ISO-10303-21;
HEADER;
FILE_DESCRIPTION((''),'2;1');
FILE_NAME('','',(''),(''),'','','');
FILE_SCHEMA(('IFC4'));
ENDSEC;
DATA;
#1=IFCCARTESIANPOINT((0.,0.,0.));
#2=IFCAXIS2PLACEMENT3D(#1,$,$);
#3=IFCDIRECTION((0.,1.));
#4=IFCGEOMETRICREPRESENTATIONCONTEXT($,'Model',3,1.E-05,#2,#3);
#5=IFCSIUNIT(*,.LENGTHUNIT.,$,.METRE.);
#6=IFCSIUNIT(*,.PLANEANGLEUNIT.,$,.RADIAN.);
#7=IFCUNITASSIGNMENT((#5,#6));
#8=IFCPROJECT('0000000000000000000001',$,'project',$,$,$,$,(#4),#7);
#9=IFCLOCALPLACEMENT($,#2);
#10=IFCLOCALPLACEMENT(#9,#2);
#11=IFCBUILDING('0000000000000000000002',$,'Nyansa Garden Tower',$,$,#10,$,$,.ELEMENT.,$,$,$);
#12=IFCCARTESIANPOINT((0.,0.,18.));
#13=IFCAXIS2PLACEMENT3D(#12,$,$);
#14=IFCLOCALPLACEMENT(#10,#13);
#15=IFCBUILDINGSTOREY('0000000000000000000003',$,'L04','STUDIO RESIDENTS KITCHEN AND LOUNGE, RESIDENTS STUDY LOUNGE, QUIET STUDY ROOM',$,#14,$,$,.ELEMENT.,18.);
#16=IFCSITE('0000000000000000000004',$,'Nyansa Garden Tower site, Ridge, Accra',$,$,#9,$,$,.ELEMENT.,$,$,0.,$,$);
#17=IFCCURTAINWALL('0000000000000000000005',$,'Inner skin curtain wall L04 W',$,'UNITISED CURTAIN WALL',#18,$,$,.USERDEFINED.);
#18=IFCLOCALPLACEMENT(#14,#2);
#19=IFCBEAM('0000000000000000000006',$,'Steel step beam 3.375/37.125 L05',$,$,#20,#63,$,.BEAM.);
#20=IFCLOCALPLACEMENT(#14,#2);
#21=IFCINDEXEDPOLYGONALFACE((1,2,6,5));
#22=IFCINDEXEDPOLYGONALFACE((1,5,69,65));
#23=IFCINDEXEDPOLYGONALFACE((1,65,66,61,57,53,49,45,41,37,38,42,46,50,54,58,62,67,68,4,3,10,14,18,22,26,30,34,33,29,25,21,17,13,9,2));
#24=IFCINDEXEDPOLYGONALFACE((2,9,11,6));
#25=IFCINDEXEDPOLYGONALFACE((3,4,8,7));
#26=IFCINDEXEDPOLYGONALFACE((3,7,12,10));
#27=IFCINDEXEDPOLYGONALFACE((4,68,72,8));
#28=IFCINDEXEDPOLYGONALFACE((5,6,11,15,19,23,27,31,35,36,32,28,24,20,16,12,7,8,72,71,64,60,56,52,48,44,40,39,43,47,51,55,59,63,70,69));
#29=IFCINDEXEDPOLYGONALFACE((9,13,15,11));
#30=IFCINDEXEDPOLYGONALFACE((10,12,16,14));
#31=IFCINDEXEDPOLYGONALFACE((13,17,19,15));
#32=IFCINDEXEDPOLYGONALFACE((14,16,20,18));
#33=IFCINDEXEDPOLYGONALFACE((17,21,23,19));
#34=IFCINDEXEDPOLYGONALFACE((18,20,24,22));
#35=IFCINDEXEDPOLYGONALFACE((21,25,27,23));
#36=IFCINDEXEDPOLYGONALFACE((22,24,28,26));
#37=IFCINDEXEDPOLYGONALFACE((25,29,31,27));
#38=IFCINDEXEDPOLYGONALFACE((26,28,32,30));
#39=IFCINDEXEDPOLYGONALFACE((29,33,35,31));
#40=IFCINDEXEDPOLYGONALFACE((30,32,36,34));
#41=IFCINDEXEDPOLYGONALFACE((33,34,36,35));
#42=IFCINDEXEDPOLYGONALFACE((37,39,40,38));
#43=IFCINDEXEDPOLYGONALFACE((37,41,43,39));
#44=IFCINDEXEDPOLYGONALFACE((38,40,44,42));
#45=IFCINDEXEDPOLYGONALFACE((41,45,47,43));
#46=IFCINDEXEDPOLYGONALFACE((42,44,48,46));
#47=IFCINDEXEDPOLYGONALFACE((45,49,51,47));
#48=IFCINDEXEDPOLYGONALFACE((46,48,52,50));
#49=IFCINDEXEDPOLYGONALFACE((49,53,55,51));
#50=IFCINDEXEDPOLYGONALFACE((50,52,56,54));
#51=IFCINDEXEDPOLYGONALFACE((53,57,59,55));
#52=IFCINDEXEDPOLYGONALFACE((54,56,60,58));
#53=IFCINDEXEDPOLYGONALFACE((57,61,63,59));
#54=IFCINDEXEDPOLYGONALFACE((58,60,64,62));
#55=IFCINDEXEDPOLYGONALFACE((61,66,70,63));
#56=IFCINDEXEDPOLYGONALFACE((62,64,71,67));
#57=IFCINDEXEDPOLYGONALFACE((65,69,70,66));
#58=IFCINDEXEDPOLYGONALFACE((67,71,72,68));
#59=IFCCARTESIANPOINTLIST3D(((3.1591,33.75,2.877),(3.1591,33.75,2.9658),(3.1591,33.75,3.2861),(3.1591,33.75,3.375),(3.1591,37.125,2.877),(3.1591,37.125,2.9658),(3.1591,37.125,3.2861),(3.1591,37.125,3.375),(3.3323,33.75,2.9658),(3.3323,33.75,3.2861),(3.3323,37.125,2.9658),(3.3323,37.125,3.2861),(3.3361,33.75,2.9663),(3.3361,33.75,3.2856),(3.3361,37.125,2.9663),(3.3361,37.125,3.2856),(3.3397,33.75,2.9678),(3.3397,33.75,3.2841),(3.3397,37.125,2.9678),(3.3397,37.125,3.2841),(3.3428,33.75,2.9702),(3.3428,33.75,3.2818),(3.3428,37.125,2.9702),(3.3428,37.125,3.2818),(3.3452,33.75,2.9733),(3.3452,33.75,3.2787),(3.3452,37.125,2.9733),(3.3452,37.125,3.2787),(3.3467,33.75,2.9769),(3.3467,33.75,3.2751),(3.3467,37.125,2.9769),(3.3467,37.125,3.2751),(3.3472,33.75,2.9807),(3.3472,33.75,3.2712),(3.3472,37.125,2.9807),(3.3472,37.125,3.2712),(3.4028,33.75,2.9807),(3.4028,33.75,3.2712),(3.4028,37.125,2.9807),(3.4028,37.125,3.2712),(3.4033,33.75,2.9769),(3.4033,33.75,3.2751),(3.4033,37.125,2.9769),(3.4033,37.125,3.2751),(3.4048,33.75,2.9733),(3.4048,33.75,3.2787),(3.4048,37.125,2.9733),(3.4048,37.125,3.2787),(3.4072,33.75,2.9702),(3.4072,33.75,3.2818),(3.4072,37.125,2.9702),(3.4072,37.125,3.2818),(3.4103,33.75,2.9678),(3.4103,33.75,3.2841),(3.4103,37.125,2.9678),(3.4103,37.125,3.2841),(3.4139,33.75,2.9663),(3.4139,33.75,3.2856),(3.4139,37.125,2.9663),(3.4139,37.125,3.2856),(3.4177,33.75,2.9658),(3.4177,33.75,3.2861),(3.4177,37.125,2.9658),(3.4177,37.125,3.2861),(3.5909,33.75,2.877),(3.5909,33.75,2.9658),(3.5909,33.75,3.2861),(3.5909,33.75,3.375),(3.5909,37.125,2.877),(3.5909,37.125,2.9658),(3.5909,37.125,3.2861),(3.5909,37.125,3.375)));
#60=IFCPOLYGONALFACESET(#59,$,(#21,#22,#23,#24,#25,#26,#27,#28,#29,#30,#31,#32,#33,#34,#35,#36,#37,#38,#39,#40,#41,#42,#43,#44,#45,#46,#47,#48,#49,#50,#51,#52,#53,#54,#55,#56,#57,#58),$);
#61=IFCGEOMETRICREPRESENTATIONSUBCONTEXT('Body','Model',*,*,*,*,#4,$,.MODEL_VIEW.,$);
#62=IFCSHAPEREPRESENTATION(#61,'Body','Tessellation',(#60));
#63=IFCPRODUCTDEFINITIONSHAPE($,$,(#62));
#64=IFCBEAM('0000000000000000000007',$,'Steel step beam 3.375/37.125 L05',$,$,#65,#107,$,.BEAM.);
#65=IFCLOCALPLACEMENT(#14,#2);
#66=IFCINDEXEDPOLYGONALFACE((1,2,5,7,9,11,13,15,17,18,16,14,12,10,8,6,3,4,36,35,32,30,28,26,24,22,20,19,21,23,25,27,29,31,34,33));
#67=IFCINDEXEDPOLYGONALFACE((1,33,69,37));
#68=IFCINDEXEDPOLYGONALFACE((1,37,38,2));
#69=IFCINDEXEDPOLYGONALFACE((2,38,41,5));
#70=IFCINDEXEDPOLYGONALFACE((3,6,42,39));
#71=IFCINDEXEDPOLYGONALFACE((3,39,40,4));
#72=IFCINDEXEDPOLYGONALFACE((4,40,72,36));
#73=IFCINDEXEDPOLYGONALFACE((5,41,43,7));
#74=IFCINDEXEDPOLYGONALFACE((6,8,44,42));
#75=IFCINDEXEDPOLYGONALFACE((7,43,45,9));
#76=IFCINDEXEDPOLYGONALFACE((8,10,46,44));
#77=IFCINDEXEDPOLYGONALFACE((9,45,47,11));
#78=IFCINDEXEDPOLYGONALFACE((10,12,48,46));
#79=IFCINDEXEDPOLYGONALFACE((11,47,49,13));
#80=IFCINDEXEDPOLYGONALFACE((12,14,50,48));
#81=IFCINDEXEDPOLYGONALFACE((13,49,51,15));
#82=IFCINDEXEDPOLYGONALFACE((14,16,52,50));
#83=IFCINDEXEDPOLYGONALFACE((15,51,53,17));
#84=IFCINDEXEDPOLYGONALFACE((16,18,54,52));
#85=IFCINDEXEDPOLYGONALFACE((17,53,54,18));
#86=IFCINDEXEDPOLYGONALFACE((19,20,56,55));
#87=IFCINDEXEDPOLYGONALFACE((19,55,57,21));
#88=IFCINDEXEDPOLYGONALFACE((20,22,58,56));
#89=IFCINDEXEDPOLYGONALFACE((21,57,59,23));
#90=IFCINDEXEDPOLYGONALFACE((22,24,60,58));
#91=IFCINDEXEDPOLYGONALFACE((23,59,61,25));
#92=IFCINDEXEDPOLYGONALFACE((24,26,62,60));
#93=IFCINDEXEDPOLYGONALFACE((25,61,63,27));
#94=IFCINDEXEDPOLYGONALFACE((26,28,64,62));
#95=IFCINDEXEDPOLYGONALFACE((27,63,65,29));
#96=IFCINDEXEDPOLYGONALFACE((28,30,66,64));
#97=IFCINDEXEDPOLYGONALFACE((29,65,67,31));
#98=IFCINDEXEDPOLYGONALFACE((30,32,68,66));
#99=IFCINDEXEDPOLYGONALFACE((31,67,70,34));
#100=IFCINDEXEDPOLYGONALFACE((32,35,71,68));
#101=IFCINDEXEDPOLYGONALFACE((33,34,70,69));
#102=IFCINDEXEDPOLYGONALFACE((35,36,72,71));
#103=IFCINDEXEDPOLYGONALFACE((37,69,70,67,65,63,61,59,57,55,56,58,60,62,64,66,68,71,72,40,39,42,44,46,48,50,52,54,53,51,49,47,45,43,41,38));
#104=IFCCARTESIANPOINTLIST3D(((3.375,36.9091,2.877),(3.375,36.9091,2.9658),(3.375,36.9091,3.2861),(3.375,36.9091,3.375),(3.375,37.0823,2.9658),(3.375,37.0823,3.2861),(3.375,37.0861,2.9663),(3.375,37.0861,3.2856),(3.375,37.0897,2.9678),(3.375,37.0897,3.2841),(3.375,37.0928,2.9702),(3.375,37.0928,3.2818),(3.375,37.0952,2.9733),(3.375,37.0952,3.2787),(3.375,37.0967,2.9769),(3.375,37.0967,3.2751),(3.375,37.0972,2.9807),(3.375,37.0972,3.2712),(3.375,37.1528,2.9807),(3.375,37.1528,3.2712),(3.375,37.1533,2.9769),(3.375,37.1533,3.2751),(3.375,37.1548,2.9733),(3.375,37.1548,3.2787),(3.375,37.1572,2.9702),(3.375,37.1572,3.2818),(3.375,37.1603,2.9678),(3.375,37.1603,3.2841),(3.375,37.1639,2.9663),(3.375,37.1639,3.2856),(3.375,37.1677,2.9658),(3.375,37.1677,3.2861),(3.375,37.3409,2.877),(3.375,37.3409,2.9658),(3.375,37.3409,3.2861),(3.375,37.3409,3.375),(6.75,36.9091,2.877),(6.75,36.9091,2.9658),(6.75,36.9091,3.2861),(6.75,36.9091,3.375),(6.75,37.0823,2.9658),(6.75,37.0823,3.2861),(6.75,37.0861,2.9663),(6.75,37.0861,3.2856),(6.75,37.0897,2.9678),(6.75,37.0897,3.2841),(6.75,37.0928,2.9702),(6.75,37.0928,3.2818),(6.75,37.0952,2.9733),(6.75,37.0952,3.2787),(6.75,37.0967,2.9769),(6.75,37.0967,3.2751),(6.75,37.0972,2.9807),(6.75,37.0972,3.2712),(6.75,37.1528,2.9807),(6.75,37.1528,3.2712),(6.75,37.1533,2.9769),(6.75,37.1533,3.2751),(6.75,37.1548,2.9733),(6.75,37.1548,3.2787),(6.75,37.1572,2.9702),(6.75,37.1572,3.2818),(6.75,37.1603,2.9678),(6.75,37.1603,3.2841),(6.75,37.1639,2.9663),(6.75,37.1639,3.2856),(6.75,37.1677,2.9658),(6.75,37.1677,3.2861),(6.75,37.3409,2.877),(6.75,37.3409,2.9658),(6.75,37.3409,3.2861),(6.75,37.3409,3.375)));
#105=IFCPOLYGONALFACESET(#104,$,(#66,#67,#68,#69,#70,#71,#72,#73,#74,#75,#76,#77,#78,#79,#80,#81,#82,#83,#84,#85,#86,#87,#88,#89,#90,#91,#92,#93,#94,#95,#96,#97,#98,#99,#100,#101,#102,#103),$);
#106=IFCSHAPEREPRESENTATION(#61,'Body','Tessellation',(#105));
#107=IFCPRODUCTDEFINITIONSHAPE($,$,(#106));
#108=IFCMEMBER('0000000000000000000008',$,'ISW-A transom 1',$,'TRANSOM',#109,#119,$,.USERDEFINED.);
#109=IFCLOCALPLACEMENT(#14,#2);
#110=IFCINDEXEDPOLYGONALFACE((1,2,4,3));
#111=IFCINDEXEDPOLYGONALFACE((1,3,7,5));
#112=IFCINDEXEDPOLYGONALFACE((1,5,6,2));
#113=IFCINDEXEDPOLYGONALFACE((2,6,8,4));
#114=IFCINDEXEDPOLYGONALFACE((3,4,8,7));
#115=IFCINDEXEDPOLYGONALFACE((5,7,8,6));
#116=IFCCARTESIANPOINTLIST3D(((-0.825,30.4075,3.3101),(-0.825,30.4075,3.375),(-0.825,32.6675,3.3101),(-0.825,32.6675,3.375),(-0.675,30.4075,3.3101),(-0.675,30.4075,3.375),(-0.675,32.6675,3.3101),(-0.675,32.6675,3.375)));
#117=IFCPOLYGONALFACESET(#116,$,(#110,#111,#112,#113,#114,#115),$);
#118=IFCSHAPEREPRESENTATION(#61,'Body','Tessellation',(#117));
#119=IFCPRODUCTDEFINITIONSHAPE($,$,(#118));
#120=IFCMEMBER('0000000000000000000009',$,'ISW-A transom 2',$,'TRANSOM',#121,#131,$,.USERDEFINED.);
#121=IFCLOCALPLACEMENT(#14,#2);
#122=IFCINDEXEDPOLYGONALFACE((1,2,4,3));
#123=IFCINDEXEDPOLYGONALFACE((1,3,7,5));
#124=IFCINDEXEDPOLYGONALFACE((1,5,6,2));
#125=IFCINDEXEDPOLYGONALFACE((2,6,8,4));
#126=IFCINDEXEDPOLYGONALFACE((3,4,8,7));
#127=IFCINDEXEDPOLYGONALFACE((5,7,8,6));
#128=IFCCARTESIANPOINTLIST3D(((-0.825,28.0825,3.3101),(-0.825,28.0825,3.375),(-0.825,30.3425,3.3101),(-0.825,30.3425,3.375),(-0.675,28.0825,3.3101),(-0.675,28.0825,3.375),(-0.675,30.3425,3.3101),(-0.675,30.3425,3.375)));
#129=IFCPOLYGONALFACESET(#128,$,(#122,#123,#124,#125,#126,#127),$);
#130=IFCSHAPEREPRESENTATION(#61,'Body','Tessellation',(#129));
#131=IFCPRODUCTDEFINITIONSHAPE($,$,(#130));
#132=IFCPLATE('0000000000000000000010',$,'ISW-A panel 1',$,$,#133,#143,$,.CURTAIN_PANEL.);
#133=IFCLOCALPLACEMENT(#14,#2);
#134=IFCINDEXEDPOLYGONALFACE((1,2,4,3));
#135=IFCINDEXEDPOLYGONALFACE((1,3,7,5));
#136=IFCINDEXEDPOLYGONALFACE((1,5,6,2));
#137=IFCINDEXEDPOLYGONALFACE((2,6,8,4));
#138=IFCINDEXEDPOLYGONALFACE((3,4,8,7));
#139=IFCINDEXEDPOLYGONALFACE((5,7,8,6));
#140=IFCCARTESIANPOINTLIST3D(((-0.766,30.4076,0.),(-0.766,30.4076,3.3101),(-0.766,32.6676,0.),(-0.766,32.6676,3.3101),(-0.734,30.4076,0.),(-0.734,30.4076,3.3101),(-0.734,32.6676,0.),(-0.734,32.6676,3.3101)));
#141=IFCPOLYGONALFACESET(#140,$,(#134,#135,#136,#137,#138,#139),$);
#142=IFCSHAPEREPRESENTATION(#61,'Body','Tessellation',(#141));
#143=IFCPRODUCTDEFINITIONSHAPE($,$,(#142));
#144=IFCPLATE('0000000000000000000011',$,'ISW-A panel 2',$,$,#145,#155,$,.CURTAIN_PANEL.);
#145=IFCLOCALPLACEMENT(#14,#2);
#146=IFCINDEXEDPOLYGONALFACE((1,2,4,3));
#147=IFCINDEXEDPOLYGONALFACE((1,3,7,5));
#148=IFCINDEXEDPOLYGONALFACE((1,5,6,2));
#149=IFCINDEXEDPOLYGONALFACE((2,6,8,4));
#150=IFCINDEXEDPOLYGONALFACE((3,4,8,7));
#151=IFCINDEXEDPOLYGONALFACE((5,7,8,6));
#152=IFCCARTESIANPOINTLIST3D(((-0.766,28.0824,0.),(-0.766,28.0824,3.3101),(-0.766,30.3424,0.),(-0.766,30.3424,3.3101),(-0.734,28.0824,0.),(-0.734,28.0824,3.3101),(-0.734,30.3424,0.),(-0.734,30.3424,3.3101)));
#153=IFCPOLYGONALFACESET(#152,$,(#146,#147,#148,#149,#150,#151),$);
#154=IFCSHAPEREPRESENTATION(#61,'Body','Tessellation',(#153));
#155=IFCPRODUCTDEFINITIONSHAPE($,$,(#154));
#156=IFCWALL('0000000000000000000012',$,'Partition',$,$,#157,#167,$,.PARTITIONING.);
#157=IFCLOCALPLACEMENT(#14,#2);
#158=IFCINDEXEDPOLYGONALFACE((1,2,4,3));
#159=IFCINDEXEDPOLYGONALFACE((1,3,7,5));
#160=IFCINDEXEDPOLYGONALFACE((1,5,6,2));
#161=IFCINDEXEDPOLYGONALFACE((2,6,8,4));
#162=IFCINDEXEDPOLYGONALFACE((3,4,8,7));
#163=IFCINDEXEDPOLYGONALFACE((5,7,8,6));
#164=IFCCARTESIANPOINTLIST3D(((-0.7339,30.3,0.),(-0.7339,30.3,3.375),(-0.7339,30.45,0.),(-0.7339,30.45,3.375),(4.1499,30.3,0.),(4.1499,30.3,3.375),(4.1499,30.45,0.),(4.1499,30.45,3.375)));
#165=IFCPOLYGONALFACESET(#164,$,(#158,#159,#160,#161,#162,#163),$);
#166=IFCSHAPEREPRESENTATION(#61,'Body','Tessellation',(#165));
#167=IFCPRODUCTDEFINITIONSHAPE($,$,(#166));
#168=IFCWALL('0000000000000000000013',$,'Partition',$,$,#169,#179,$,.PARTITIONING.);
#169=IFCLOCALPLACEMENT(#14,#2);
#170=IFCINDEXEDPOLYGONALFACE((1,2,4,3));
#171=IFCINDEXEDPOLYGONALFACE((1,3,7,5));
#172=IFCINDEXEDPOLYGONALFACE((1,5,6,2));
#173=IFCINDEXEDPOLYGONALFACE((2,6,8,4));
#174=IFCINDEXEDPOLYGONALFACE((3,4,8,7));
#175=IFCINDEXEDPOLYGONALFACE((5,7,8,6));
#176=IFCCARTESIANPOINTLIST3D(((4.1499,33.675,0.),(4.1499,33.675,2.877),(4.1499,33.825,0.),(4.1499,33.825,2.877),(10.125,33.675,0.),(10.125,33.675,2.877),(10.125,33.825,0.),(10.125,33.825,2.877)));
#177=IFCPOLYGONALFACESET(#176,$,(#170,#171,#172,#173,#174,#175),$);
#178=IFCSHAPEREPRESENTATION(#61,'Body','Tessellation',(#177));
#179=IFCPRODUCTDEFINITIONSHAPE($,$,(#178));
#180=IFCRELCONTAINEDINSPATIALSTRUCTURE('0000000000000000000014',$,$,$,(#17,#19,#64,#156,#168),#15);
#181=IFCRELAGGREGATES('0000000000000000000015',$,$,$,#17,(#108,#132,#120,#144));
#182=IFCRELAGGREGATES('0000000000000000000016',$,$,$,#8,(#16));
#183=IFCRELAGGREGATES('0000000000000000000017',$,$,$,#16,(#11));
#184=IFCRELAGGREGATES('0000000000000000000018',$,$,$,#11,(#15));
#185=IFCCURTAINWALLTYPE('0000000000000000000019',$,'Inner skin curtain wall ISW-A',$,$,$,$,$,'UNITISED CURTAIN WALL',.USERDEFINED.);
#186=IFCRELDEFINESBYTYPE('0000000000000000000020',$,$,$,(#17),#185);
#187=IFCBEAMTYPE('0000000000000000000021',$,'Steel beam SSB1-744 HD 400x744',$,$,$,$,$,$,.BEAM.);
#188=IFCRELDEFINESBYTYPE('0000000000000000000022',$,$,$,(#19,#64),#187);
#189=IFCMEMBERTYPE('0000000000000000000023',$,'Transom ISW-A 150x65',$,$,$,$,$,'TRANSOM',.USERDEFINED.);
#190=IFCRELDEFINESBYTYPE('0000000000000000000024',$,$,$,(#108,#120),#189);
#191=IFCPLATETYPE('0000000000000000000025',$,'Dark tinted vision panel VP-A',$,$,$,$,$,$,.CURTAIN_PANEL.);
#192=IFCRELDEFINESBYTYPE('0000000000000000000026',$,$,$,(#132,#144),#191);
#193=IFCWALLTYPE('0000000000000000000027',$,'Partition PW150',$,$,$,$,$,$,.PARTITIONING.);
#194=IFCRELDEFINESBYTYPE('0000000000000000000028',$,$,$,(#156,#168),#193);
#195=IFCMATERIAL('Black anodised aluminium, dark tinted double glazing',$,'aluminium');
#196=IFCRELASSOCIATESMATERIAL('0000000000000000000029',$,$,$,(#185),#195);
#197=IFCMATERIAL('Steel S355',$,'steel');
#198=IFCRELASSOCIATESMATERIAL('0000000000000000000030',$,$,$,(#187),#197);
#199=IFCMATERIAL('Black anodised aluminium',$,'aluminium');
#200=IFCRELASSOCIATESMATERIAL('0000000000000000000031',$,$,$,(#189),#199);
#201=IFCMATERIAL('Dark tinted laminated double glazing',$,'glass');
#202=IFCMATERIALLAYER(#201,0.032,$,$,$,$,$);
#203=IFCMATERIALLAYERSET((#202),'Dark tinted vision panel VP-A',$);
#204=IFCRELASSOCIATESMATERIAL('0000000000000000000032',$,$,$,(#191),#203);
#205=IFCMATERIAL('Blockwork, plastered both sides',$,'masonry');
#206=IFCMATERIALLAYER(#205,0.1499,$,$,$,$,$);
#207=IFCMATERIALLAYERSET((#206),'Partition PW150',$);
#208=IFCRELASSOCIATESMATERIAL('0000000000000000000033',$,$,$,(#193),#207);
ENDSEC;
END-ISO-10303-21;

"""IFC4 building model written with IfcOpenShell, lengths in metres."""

from ifc_helpers import new_model, si_unit, direction, frame, frame_2d, origin, origin_2d, place, context, subcontext, project, spatial, rectangle, i_section, extrude, material, layer, layer_set, material_profile, profile_set, type_object, element, aggregate, save


model = new_model("IFC4")

# Units and contexts
model_context = context("Model", 3, precision=1e-05, world=origin(), true_north=direction((0.0, 1.0)))
body_context = subcontext(model_context, "Body", "Model", "MODEL_VIEW")
ifc_project = project(units=[si_unit("LENGTHUNIT", "METRE"), si_unit("PLANEANGLEUNIT", "RADIAN")], contexts=[model_context])

# Site, building, storey
site_placement = place(None, origin())
site = spatial("IfcSite", under=ifc_project, at=site_placement, Name="Nyansa Garden Tower site, Ridge, Accra", CompositionType="ELEMENT", RefElevation=0.0)
building_placement = place(site_placement, origin())
building = spatial("IfcBuilding", under=site, at=building_placement, Name="Nyansa Garden Tower", CompositionType="ELEMENT")
storey_placement = place(building_placement, frame((0.0, 0.0, 18.0)))
storey = spatial("IfcBuildingStorey", under=building, at=storey_placement, Name="L04", Description="STUDIO RESIDENTS KITCHEN AND LOUNGE, RESIDENTS STUDY LOUNGE, QUIET STUDY ROOM", CompositionType="ELEMENT", Elevation=18.0)

# Curtain wall
ifc_material_1 = material(Name="Black anodised aluminium, dark tinted double glazing", Category="aluminium")
curtain_wall_type = type_object("IfcCurtainWallType", Name="Inner skin curtain wall ISW-A", ElementType="UNITISED CURTAIN WALL", PredefinedType="USERDEFINED", material=ifc_material_1)
curtain_wall_placement = place(storey_placement, origin())
curtain_wall = element("IfcCurtainWall", 1, at=curtain_wall_placement, inside=storey, type_object=curtain_wall_type, Name="Inner skin curtain wall L04 W", ObjectType="UNITISED CURTAIN WALL", PredefinedType="USERDEFINED")

# Beams
ifc_material_2 = material(Name="Steel S355", Category="steel")
ifc_material_profile_1 = material_profile(ifc_material_2, i_section(OverallWidth=0.4319, OverallDepth=0.498, WebThickness=0.0557, FlangeThickness=0.0889, FilletRadius=0.0149, at=origin_2d()), Name="HD 400x744")
ifc_profile_set_1 = profile_set([ifc_material_profile_1], Name="Steel S355")
beam_type_1 = type_object("IfcBeamType", Name="Steel beam SSB1-744 HD 400x744", PredefinedType="BEAM", material=ifc_profile_set_1)
for number, where, z_axis, x_axis, name in (
    (2, (3.375, 37.125, 3.126), (0.0, -1.0, 0.0), (1.0, 0.0, 0.0), "Steel step beam 3.375/37.125 L05"),
    (3, (3.375, 37.125, 3.126), (1.0, 0.0, 0.0), (0.0, 1.0, 0.0), "Steel step beam 3.375/37.125 L05"),
):
    element("IfcBeam", number, at=place(storey_placement, frame(where, z_axis=z_axis, x_axis=x_axis)), inside=storey, type_object=beam_type_1, Name=name, PredefinedType="BEAM", context=body_context, shape_type="SweptSolid", body=[
        extrude(i_section(OverallWidth=0.4319, OverallDepth=0.498, WebThickness=0.0557, FlangeThickness=0.0889, FilletRadius=0.0149, at=origin_2d()), origin(), (0.0, 0.0, 1.0), 3.375),
    ])

# Members
ifc_material_3 = material(Name="Black anodised aluminium", Category="aluminium")
ifc_material_profile_2 = material_profile(ifc_material_3, rectangle(XDim=0.1499, YDim=0.0649, at=origin_2d()), Name="Transom 150x65")
ifc_profile_set_2 = profile_set([ifc_material_profile_2], Name="Black anodised aluminium")
member_type_1 = type_object("IfcMemberType", Name="Transom ISW-A 150x65", ElementType="TRANSOM", PredefinedType="USERDEFINED", material=ifc_profile_set_2)
member_1_placement = place(storey_placement, frame((-0.75, 32.6675, 3.3425), z_axis=(0.0, -1.0, 0.0), x_axis=(1.0, 0.0, 0.0)))
member_1 = element("IfcMember", 4, at=member_1_placement, type_object=member_type_1, Name="ISW-A transom 1", ObjectType="TRANSOM", PredefinedType="USERDEFINED", context=body_context, shape_type="SweptSolid", body=[
    extrude(rectangle(XDim=0.1499, YDim=0.0649, at=origin_2d()), origin(), (0.0, 0.0, 1.0), 2.26),
])
member_2_placement = place(storey_placement, frame((-0.75, 30.3425, 3.3425), z_axis=(0.0, -1.0, 0.0), x_axis=(1.0, 0.0, 0.0)))
member_2 = element("IfcMember", 5, at=member_2_placement, type_object=member_type_1, Name="ISW-A transom 2", ObjectType="TRANSOM", PredefinedType="USERDEFINED", context=body_context, shape_type="SweptSolid", body=[
    extrude(rectangle(XDim=0.1499, YDim=0.0649, at=origin_2d()), origin(), (0.0, 0.0, 1.0), 2.26),
])

# Plates
ifc_material_4 = material(Name="Dark tinted laminated double glazing", Category="glass")
ifc_layer_1 = layer(ifc_material_4, 0.032)
ifc_layer_set_1 = layer_set([ifc_layer_1], Name="Dark tinted vision panel VP-A")
plate_type = type_object("IfcPlateType", Name="Dark tinted vision panel VP-A", PredefinedType="CURTAIN_PANEL", material=ifc_layer_set_1)
plate_1_placement = place(storey_placement, frame((-0.75, 31.5376, 0.0), z_axis=(0.0, 0.0, 1.0), x_axis=(0.0, -1.0, 0.0)))
plate_1 = element("IfcPlate", 6, at=plate_1_placement, type_object=plate_type, Name="ISW-A panel 1", PredefinedType="CURTAIN_PANEL", context=body_context, shape_type="SweptSolid", body=[
    extrude(rectangle(XDim=2.26, YDim=0.032, at=origin_2d()), origin(), (0.0, 0.0, 1.0), 3.3101),
])
plate_2_placement = place(storey_placement, frame((-0.75, 29.2124, 0.0), z_axis=(0.0, 0.0, 1.0), x_axis=(0.0, -1.0, 0.0)))
plate_2 = element("IfcPlate", 7, at=plate_2_placement, type_object=plate_type, Name="ISW-A panel 2", PredefinedType="CURTAIN_PANEL", context=body_context, shape_type="SweptSolid", body=[
    extrude(rectangle(XDim=2.26, YDim=0.032, at=origin_2d()), origin(), (0.0, 0.0, 1.0), 3.3101),
])
aggregate(curtain_wall, [member_1, plate_1, member_2, plate_2])

# Walls
ifc_material_5 = material(Name="Blockwork, plastered both sides", Category="masonry")
ifc_layer_2 = layer(ifc_material_5, 0.1499)
ifc_layer_set_2 = layer_set([ifc_layer_2], Name="Partition PW150")
wall_type_1 = type_object("IfcWallType", Name="Partition PW150", PredefinedType="PARTITIONING", material=ifc_layer_set_2)
wall_1_placement = place(storey_placement, frame((-0.7339, 30.375, 0.0), z_axis=(0.0, 0.0, 1.0), x_axis=(1.0, 0.0, 0.0)))
element("IfcWall", 8, at=wall_1_placement, inside=storey, type_object=wall_type_1, Name="Partition", PredefinedType="PARTITIONING", context=body_context, shape_type="SweptSolid", body=[
    extrude(rectangle(XDim=4.8838, YDim=0.1499, at=frame_2d((2.4419, 0.0))), origin(), (0.0, 0.0, 1.0), 3.375),
])
wall_2_placement = place(storey_placement, frame((4.1499, 33.75, 0.0), z_axis=(0.0, 0.0, 1.0), x_axis=(1.0, 0.0, 0.0)))
element("IfcWall", 9, at=wall_2_placement, inside=storey, type_object=wall_type_1, Name="Partition", PredefinedType="PARTITIONING", context=body_context, shape_type="SweptSolid", body=[
    extrude(rectangle(XDim=5.9751, YDim=0.1499, at=frame_2d((2.9875, 0.0))), origin(), (0.0, 0.0, 1.0), 2.877),
])

save(model, "model.ifc")
